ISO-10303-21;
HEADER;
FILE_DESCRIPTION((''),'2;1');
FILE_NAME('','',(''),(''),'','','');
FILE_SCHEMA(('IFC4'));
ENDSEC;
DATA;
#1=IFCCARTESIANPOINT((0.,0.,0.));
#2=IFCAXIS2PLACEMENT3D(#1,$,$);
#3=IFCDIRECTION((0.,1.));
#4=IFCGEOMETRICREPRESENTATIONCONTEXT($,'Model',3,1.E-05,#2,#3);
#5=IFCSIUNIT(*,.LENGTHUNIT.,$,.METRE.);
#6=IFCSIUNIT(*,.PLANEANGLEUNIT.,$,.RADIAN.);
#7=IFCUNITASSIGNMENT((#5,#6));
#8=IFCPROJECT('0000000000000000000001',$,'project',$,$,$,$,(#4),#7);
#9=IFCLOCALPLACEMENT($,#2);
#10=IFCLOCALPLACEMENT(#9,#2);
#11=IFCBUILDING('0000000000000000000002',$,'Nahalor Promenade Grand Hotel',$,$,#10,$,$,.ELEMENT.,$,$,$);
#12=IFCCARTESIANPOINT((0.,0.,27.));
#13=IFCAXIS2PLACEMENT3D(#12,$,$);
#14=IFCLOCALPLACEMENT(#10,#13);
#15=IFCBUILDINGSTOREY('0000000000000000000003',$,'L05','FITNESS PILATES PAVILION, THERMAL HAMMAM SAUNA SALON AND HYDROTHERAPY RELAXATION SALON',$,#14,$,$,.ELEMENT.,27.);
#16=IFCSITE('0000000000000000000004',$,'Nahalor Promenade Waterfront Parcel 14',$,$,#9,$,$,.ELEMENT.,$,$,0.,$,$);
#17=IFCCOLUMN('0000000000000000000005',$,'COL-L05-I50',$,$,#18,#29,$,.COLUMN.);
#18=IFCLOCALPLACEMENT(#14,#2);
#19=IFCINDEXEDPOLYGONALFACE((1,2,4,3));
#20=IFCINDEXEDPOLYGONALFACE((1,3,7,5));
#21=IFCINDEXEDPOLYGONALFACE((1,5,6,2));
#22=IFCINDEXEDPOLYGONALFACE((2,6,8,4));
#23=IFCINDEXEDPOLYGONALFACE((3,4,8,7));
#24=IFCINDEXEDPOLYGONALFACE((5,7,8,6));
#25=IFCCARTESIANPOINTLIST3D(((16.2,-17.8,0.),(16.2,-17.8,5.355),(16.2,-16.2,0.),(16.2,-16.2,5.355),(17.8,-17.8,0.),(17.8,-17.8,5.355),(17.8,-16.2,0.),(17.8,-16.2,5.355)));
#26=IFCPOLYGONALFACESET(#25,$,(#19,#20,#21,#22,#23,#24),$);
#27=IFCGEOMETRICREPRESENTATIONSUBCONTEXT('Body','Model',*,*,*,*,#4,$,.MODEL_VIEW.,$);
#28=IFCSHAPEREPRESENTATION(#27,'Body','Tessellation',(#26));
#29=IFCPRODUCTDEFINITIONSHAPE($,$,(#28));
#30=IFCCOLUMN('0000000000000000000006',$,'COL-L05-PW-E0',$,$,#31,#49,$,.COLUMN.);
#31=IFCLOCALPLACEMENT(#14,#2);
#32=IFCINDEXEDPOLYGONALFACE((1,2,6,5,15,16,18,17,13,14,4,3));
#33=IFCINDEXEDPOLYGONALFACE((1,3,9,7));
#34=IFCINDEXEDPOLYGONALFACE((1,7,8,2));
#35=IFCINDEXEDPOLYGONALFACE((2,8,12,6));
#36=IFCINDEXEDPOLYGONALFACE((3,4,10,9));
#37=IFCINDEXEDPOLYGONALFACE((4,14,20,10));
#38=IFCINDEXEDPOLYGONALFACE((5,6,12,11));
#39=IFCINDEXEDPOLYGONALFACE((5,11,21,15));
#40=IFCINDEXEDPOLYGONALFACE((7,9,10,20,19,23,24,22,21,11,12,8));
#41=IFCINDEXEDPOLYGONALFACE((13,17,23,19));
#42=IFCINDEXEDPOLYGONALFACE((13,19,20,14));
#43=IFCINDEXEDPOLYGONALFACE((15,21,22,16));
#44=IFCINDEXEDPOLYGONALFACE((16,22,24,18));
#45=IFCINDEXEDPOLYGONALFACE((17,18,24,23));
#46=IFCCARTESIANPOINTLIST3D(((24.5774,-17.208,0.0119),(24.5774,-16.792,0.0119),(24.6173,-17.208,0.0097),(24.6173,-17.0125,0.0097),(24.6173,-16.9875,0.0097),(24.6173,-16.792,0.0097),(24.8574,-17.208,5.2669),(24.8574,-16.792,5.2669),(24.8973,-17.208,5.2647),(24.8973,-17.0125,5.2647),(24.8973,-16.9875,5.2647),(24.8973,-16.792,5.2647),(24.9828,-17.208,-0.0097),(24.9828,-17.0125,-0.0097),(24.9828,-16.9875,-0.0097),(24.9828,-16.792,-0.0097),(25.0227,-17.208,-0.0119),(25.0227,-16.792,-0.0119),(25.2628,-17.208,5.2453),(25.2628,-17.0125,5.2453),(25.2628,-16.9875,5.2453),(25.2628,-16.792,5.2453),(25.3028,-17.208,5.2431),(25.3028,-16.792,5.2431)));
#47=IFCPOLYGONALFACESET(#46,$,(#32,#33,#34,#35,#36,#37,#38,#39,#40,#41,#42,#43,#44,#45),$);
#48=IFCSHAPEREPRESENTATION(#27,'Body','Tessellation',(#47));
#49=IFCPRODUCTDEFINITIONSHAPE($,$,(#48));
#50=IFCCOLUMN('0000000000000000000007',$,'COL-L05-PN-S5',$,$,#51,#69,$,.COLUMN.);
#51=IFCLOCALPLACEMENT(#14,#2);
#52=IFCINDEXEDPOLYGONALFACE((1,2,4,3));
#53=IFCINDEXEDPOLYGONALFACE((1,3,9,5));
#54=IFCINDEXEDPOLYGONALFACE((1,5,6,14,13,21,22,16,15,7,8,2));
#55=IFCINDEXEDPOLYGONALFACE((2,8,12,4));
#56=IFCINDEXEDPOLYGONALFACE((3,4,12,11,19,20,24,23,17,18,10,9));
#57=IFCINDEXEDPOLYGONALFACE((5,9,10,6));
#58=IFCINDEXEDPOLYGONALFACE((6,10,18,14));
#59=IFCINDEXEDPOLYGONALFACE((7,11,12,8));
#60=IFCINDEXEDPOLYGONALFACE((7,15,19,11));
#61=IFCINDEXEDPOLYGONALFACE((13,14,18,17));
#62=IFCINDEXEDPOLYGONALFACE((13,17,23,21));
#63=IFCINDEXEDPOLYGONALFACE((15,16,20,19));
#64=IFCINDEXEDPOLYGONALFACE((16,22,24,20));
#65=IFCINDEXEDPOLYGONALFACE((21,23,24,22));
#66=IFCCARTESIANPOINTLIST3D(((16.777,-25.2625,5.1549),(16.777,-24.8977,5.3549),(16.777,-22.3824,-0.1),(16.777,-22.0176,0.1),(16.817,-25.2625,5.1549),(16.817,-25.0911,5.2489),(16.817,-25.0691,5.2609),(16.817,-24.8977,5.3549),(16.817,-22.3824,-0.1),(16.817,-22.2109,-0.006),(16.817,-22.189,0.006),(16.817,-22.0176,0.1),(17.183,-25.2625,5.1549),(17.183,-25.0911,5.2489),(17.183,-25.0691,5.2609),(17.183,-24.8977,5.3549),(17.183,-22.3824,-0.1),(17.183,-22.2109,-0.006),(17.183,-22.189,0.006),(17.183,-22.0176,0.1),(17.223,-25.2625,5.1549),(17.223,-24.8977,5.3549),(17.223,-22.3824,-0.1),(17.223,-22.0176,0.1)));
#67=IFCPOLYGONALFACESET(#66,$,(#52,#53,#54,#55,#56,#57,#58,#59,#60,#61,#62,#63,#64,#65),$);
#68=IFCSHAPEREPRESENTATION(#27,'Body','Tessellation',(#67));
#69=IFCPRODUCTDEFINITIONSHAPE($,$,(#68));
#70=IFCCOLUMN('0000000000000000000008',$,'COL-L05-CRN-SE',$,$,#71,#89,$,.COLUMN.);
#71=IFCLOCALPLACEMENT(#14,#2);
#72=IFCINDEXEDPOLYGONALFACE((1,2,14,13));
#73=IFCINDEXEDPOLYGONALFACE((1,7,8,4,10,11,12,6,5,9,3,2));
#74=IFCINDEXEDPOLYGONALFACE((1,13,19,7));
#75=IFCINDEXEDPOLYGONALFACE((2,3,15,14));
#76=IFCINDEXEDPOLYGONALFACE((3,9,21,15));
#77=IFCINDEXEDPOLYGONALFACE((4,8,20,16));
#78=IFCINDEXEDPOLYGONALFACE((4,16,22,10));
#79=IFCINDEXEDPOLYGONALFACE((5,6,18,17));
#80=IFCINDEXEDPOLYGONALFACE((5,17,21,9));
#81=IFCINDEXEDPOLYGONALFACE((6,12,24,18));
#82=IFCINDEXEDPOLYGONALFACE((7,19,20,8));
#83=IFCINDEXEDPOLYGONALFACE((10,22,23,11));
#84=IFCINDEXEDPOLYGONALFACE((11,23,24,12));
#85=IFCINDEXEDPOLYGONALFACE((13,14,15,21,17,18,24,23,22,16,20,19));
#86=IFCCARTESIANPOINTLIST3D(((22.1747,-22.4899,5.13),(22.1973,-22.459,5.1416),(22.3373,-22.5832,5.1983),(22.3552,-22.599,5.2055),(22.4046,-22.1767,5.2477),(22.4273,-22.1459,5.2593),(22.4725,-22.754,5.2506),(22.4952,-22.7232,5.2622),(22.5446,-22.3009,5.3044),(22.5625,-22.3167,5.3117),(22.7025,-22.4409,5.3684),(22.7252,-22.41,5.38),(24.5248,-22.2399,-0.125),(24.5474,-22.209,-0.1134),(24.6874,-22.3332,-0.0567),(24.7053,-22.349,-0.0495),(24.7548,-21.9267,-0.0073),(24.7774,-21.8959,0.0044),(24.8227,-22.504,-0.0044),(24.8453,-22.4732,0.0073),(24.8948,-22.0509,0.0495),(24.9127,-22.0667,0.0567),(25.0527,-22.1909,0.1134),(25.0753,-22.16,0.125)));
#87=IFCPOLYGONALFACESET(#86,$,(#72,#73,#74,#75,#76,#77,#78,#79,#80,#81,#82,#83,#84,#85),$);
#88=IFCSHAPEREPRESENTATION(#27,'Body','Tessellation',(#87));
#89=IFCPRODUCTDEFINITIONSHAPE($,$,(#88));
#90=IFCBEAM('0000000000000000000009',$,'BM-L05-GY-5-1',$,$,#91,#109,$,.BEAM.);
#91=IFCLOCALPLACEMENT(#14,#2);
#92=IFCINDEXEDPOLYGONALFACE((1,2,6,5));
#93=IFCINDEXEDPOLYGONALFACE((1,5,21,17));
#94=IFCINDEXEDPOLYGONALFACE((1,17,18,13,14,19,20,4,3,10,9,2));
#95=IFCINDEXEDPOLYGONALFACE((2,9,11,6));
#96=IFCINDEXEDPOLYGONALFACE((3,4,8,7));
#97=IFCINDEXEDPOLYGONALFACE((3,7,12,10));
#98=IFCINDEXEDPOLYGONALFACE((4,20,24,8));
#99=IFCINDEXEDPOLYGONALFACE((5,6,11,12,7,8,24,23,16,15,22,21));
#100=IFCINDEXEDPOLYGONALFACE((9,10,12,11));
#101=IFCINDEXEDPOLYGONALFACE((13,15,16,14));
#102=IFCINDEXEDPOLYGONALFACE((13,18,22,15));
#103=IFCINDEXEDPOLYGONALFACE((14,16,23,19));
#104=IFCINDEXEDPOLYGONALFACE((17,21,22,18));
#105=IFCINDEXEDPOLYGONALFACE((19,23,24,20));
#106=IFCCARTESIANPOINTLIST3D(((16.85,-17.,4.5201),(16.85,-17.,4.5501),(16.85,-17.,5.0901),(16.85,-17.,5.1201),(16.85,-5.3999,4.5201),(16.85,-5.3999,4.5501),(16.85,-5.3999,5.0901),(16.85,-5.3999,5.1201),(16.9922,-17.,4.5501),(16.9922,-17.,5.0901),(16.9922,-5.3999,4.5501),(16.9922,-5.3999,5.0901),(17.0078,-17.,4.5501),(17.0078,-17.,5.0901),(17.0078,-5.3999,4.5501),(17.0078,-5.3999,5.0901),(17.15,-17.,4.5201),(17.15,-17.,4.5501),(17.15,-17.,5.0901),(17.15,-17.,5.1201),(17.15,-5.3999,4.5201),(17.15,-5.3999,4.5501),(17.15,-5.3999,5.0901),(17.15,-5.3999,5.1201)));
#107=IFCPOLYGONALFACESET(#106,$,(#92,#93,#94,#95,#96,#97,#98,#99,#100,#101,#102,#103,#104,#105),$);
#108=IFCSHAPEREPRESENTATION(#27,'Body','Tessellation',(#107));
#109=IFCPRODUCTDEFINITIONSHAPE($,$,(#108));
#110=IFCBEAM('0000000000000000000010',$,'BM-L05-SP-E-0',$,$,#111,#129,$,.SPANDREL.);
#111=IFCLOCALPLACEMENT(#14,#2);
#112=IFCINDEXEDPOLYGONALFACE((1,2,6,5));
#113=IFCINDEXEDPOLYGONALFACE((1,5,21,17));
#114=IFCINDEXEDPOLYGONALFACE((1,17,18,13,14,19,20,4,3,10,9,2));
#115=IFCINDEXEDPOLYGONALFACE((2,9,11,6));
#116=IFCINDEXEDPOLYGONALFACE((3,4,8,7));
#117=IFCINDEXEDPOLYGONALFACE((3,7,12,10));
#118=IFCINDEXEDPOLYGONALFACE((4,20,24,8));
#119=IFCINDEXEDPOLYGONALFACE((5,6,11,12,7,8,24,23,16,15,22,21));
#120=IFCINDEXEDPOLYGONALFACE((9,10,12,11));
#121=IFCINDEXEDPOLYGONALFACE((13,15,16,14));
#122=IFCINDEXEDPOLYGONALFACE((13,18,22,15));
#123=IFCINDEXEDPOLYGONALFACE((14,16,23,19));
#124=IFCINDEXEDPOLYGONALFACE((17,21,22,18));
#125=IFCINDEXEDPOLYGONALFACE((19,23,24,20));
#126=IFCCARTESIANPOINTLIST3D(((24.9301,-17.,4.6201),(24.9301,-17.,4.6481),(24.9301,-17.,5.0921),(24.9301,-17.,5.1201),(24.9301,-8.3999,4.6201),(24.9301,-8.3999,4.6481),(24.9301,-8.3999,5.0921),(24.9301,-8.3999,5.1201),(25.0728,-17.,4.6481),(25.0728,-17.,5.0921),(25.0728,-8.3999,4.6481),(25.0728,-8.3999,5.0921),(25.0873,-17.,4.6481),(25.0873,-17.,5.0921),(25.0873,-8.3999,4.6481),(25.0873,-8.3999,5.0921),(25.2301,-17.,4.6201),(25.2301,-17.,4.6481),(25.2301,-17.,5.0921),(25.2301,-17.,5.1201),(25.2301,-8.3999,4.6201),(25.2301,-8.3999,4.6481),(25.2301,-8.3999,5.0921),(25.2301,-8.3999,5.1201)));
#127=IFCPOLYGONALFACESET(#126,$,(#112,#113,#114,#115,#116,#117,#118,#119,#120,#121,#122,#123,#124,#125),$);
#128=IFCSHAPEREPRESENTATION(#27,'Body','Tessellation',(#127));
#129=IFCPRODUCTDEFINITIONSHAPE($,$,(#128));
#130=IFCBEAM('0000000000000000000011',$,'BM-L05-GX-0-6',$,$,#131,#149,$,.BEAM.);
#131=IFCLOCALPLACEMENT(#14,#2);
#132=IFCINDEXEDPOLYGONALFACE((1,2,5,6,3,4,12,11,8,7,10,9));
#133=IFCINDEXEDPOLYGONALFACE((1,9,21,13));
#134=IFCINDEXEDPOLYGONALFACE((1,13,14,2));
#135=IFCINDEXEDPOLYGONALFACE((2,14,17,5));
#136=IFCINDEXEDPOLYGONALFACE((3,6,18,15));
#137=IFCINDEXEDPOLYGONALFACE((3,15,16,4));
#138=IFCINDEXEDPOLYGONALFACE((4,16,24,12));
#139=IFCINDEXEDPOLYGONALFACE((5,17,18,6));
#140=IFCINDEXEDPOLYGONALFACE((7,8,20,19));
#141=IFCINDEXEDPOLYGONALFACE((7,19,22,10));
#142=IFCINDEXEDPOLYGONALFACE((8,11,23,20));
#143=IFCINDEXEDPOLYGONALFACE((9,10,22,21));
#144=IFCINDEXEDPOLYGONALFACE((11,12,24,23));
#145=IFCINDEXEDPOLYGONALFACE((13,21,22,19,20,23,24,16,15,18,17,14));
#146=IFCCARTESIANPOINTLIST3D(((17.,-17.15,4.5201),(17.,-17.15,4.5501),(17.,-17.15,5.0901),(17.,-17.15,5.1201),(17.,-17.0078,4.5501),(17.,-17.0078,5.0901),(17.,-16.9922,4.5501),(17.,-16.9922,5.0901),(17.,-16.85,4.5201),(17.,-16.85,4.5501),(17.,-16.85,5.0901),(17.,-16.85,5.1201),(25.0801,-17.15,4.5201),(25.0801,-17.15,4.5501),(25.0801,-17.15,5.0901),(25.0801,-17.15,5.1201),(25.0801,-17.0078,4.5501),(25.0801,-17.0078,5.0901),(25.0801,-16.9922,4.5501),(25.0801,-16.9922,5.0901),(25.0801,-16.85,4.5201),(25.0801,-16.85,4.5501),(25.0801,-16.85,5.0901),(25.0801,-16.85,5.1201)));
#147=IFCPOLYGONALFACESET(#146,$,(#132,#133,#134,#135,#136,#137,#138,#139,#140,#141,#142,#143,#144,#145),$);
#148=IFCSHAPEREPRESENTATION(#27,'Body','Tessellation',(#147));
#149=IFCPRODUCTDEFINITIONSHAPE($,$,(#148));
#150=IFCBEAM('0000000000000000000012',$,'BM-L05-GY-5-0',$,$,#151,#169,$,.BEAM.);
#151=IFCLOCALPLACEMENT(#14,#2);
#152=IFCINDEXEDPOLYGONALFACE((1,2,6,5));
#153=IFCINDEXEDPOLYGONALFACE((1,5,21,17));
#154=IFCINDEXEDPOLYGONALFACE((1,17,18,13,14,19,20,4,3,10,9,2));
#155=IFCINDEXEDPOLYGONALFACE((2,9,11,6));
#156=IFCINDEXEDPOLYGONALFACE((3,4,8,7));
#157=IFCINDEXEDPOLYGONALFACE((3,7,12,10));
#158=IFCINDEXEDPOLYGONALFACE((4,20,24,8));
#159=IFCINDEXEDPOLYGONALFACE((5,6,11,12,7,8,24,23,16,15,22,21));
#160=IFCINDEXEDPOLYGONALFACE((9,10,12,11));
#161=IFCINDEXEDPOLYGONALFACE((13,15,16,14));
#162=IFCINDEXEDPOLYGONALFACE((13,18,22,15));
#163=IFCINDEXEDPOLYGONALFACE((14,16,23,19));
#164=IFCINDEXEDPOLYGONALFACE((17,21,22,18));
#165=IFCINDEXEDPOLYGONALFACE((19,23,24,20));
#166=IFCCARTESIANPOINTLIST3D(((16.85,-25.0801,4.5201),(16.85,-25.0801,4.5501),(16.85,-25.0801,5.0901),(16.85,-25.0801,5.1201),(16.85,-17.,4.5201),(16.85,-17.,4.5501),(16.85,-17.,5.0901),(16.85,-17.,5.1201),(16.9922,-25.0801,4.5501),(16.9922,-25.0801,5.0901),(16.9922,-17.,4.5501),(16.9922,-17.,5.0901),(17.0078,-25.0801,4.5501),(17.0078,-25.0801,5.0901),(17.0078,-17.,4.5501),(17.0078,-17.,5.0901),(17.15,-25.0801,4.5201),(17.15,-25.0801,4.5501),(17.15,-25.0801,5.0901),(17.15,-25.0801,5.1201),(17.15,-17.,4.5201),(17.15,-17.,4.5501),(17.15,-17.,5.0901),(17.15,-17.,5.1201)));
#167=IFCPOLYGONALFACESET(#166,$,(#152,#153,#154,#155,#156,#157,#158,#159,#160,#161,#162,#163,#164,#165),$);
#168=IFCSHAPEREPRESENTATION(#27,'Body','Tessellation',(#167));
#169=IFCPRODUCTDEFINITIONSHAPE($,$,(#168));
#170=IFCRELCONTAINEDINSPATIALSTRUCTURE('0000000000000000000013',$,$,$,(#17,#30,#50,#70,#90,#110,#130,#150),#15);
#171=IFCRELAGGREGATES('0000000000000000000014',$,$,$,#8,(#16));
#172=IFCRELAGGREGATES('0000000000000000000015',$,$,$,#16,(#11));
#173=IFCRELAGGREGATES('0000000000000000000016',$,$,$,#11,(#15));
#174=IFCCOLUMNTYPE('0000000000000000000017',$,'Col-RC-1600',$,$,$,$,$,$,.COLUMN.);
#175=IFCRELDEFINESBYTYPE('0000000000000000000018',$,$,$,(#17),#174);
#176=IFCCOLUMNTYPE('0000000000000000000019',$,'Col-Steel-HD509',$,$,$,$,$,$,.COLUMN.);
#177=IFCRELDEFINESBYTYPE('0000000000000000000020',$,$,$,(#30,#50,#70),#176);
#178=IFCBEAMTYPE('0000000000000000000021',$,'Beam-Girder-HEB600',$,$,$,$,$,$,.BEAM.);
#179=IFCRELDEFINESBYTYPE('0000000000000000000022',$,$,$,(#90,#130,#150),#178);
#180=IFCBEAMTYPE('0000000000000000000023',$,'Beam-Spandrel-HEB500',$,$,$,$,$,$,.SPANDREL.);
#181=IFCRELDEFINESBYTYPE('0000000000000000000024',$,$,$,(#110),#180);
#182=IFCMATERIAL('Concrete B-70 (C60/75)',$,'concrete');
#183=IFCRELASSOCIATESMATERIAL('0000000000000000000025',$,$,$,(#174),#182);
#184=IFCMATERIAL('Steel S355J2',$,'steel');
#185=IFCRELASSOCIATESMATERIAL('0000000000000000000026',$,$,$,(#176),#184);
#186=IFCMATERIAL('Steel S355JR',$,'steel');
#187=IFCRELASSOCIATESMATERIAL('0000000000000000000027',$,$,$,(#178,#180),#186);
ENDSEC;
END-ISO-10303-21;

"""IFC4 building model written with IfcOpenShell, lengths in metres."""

from ifc_helpers import new_model, si_unit, direction, frame, origin, origin_2d, place, context, subcontext, project, spatial, rectangle, i_section, extrude, source, transform, mapped, material, material_profile, profile_set, type_object, element, save


model = new_model("IFC4")

# Units and contexts
model_context = context("Model", 3, precision=1e-05, world=origin(), true_north=direction((0.0, 1.0)))
body_context = subcontext(model_context, "Body", "Model", "MODEL_VIEW")
ifc_project = project(units=[si_unit("LENGTHUNIT", "METRE"), si_unit("PLANEANGLEUNIT", "RADIAN")], contexts=[model_context])

# Site, building, storey
site_placement = place(None, origin())
site = spatial("IfcSite", under=ifc_project, at=site_placement, Name="Nahalor Promenade Waterfront Parcel 14", CompositionType="ELEMENT", RefElevation=0.0)
building_placement = place(site_placement, origin())
building = spatial("IfcBuilding", under=site, at=building_placement, Name="Nahalor Promenade Grand Hotel", CompositionType="ELEMENT")
storey_placement = place(building_placement, frame((0.0, 0.0, 27.0)))
storey = spatial("IfcBuildingStorey", under=building, at=storey_placement, Name="L05", Description="FITNESS PILATES PAVILION, THERMAL HAMMAM SAUNA SALON AND HYDROTHERAPY RELAXATION SALON", CompositionType="ELEMENT", Elevation=27.0)

# Columns
ifc_material_1 = material(Name="Concrete B-70 (C60/75)", Category="concrete")
ifc_material_profile_1 = material_profile(ifc_material_1, rectangle(XDim=1.6, YDim=1.6, at=origin_2d()), Name="RC 1600x1600")
ifc_profile_set_1 = profile_set([ifc_material_profile_1], Name="Concrete B-70 (C60/75)")
column_type_1 = type_object("IfcColumnType", Name="Col-RC-1600", PredefinedType="COLUMN", material=ifc_profile_set_1)
shared_shape_1 = source(origin(), body_context, "Body", "SweptSolid", [
    extrude(rectangle(XDim=1.6, YDim=1.6, at=origin_2d()), origin(), (0.0, 0.0, 1.0), 5.355),
])
column_1_placement = place(storey_placement, frame((17.0, -17.0, 0.0), z_axis=(0.0, 0.0, 1.0), x_axis=(1.0, 0.0, 0.0)))
element("IfcColumn", 1, at=column_1_placement, inside=storey, type_object=column_type_1, Name="COL-L05-I50", PredefinedType="COLUMN", context=body_context, shape_type="MappedRepresentation", body=[
    mapped(shared_shape_1, transform((0.0, 0.0, 0.0), scale=1.0)),
])
ifc_material_2 = material(Name="Steel S355J2", Category="steel")
ifc_material_profile_2 = material_profile(ifc_material_2, i_section(OverallWidth=0.416, OverallDepth=0.446, WebThickness=0.025, FlangeThickness=0.04, at=origin_2d()), Name="HD 400x509")
ifc_profile_set_2 = profile_set([ifc_material_profile_2], Name="Steel S355J2")
column_type_2 = type_object("IfcColumnType", Name="Col-Steel-HD509", PredefinedType="COLUMN", material=ifc_profile_set_2)
shared_shape_2 = source(origin(), body_context, "Body", "SweptSolid", [
    extrude(i_section(OverallWidth=0.416, OverallDepth=0.446, WebThickness=0.025, FlangeThickness=0.04, at=origin_2d()), origin(), (0.0, 0.0, 1.0), 5.2625),
])
column_2_placement = place(storey_placement, frame((24.8, -17.0, 0.0), z_axis=(0.053214, 0.0, 0.998583), x_axis=(0.0, 1.0, 0.0)))
element("IfcColumn", 2, at=column_2_placement, inside=storey, type_object=column_type_2, Name="COL-L05-PW-E0", PredefinedType="COLUMN", context=body_context, shape_type="MappedRepresentation", body=[
    mapped(shared_shape_2, transform((0.0, 0.0, 0.0), scale=1.0)),
])
shared_shape_3 = source(origin(), body_context, "Body", "SweptSolid", [
    extrude(i_section(OverallWidth=0.416, OverallDepth=0.446, WebThickness=0.025, FlangeThickness=0.04, at=origin_2d()), origin(), (0.0, 0.0, 1.0), 5.9924),
])
column_3_placement = place(storey_placement, frame((17.0, -22.2, 0.0), z_axis=(0.0, -0.48063, 0.876924), x_axis=(0.0, 0.876924, 0.48063)))
element("IfcColumn", 3, at=column_3_placement, inside=storey, type_object=column_type_2, Name="COL-L05-PN-S5", PredefinedType="COLUMN", context=body_context, shape_type="MappedRepresentation", body=[
    mapped(shared_shape_3, transform((0.0, 0.0, 0.0), scale=1.0)),
])
shared_shape_4 = source(origin(), body_context, "Body", "SweptSolid", [
    extrude(i_section(OverallWidth=0.416, OverallDepth=0.446, WebThickness=0.025, FlangeThickness=0.04, at=origin_2d()), origin(), (0.0, 0.0, 1.0), 5.762),
])
column_4_placement = place(storey_placement, frame((24.8, -22.2, 0.0), z_axis=(-0.40787, -0.043389, 0.912008), x_axis=(0.716068, -0.634922, 0.290035)))
element("IfcColumn", 4, at=column_4_placement, inside=storey, type_object=column_type_2, Name="COL-L05-CRN-SE", PredefinedType="COLUMN", context=body_context, shape_type="MappedRepresentation", body=[
    mapped(shared_shape_4, transform((0.0, 0.0, 0.0), scale=1.0)),
])

# Beams
ifc_material_3 = material(Name="Steel S355JR", Category="steel")
ifc_material_profile_3 = material_profile(ifc_material_3, i_section(OverallWidth=0.3, OverallDepth=0.6, WebThickness=0.0155, FlangeThickness=0.03, at=origin_2d()), Name="HEB 600")
ifc_profile_set_3 = profile_set([ifc_material_profile_3], Name="Steel S355JR")
beam_type_1 = type_object("IfcBeamType", Name="Beam-Girder-HEB600", PredefinedType="BEAM", material=ifc_profile_set_3)
shared_shape_5 = source(origin(), body_context, "Body", "SweptSolid", [
    extrude(i_section(OverallWidth=0.3, OverallDepth=0.6, WebThickness=0.0155, FlangeThickness=0.03, at=origin_2d()), origin(), (0.0, 0.0, 1.0), 11.6001),
])
beam_1_placement = place(storey_placement, frame((17.0, -17.0, 4.8201), z_axis=(0.0, 1.0, 0.0), x_axis=(-1.0, 0.0, 0.0)))
element("IfcBeam", 5, at=beam_1_placement, inside=storey, type_object=beam_type_1, Name="BM-L05-GY-5-1", PredefinedType="BEAM", context=body_context, shape_type="MappedRepresentation", body=[
    mapped(shared_shape_5, transform((0.0, 0.0, 0.0), scale=1.0)),
])
ifc_material_profile_4 = material_profile(ifc_material_3, i_section(OverallWidth=0.3, OverallDepth=0.5, WebThickness=0.0145, FlangeThickness=0.028, at=origin_2d()), Name="HEB 500")
ifc_profile_set_4 = profile_set([ifc_material_profile_4], Name="Steel S355JR")
beam_type_2 = type_object("IfcBeamType", Name="Beam-Spandrel-HEB500", PredefinedType="SPANDREL", material=ifc_profile_set_4)
shared_shape_6 = source(origin(), body_context, "Body", "SweptSolid", [
    extrude(i_section(OverallWidth=0.3, OverallDepth=0.5, WebThickness=0.0145, FlangeThickness=0.028, at=origin_2d()), origin(), (0.0, 0.0, 1.0), 8.6001),
])
beam_2_placement = place(storey_placement, frame((25.0801, -17.0, 4.8701), z_axis=(0.0, 1.0, 0.0), x_axis=(-1.0, 0.0, 0.0)))
element("IfcBeam", 6, at=beam_2_placement, inside=storey, type_object=beam_type_2, Name="BM-L05-SP-E-0", PredefinedType="SPANDREL", context=body_context, shape_type="MappedRepresentation", body=[
    mapped(shared_shape_6, transform((0.0, 0.0, 0.0), scale=1.0)),
])
shared_shape_7 = source(origin(), body_context, "Body", "SweptSolid", [
    extrude(i_section(OverallWidth=0.3, OverallDepth=0.6, WebThickness=0.0155, FlangeThickness=0.03, at=origin_2d()), origin(), (0.0, 0.0, 1.0), 8.0801),
])
for number, where, z_axis, x_axis, name in (
    (7, (17.0, -17.0, 4.8201), (1.0, 0.0, 0.0), (0.0, 1.0, 0.0), "BM-L05-GX-0-6"),
    (8, (17.0, -25.0801, 4.8201), (0.0, 1.0, 0.0), (-1.0, 0.0, 0.0), "BM-L05-GY-5-0"),
):
    element("IfcBeam", number, at=place(storey_placement, frame(where, z_axis=z_axis, x_axis=x_axis)), inside=storey, type_object=beam_type_1, Name=name, PredefinedType="BEAM", context=body_context, shape_type="MappedRepresentation", body=[
        mapped(shared_shape_7, transform((0.0, 0.0, 0.0), scale=1.0)),
    ])

save(model, "model.ifc")
